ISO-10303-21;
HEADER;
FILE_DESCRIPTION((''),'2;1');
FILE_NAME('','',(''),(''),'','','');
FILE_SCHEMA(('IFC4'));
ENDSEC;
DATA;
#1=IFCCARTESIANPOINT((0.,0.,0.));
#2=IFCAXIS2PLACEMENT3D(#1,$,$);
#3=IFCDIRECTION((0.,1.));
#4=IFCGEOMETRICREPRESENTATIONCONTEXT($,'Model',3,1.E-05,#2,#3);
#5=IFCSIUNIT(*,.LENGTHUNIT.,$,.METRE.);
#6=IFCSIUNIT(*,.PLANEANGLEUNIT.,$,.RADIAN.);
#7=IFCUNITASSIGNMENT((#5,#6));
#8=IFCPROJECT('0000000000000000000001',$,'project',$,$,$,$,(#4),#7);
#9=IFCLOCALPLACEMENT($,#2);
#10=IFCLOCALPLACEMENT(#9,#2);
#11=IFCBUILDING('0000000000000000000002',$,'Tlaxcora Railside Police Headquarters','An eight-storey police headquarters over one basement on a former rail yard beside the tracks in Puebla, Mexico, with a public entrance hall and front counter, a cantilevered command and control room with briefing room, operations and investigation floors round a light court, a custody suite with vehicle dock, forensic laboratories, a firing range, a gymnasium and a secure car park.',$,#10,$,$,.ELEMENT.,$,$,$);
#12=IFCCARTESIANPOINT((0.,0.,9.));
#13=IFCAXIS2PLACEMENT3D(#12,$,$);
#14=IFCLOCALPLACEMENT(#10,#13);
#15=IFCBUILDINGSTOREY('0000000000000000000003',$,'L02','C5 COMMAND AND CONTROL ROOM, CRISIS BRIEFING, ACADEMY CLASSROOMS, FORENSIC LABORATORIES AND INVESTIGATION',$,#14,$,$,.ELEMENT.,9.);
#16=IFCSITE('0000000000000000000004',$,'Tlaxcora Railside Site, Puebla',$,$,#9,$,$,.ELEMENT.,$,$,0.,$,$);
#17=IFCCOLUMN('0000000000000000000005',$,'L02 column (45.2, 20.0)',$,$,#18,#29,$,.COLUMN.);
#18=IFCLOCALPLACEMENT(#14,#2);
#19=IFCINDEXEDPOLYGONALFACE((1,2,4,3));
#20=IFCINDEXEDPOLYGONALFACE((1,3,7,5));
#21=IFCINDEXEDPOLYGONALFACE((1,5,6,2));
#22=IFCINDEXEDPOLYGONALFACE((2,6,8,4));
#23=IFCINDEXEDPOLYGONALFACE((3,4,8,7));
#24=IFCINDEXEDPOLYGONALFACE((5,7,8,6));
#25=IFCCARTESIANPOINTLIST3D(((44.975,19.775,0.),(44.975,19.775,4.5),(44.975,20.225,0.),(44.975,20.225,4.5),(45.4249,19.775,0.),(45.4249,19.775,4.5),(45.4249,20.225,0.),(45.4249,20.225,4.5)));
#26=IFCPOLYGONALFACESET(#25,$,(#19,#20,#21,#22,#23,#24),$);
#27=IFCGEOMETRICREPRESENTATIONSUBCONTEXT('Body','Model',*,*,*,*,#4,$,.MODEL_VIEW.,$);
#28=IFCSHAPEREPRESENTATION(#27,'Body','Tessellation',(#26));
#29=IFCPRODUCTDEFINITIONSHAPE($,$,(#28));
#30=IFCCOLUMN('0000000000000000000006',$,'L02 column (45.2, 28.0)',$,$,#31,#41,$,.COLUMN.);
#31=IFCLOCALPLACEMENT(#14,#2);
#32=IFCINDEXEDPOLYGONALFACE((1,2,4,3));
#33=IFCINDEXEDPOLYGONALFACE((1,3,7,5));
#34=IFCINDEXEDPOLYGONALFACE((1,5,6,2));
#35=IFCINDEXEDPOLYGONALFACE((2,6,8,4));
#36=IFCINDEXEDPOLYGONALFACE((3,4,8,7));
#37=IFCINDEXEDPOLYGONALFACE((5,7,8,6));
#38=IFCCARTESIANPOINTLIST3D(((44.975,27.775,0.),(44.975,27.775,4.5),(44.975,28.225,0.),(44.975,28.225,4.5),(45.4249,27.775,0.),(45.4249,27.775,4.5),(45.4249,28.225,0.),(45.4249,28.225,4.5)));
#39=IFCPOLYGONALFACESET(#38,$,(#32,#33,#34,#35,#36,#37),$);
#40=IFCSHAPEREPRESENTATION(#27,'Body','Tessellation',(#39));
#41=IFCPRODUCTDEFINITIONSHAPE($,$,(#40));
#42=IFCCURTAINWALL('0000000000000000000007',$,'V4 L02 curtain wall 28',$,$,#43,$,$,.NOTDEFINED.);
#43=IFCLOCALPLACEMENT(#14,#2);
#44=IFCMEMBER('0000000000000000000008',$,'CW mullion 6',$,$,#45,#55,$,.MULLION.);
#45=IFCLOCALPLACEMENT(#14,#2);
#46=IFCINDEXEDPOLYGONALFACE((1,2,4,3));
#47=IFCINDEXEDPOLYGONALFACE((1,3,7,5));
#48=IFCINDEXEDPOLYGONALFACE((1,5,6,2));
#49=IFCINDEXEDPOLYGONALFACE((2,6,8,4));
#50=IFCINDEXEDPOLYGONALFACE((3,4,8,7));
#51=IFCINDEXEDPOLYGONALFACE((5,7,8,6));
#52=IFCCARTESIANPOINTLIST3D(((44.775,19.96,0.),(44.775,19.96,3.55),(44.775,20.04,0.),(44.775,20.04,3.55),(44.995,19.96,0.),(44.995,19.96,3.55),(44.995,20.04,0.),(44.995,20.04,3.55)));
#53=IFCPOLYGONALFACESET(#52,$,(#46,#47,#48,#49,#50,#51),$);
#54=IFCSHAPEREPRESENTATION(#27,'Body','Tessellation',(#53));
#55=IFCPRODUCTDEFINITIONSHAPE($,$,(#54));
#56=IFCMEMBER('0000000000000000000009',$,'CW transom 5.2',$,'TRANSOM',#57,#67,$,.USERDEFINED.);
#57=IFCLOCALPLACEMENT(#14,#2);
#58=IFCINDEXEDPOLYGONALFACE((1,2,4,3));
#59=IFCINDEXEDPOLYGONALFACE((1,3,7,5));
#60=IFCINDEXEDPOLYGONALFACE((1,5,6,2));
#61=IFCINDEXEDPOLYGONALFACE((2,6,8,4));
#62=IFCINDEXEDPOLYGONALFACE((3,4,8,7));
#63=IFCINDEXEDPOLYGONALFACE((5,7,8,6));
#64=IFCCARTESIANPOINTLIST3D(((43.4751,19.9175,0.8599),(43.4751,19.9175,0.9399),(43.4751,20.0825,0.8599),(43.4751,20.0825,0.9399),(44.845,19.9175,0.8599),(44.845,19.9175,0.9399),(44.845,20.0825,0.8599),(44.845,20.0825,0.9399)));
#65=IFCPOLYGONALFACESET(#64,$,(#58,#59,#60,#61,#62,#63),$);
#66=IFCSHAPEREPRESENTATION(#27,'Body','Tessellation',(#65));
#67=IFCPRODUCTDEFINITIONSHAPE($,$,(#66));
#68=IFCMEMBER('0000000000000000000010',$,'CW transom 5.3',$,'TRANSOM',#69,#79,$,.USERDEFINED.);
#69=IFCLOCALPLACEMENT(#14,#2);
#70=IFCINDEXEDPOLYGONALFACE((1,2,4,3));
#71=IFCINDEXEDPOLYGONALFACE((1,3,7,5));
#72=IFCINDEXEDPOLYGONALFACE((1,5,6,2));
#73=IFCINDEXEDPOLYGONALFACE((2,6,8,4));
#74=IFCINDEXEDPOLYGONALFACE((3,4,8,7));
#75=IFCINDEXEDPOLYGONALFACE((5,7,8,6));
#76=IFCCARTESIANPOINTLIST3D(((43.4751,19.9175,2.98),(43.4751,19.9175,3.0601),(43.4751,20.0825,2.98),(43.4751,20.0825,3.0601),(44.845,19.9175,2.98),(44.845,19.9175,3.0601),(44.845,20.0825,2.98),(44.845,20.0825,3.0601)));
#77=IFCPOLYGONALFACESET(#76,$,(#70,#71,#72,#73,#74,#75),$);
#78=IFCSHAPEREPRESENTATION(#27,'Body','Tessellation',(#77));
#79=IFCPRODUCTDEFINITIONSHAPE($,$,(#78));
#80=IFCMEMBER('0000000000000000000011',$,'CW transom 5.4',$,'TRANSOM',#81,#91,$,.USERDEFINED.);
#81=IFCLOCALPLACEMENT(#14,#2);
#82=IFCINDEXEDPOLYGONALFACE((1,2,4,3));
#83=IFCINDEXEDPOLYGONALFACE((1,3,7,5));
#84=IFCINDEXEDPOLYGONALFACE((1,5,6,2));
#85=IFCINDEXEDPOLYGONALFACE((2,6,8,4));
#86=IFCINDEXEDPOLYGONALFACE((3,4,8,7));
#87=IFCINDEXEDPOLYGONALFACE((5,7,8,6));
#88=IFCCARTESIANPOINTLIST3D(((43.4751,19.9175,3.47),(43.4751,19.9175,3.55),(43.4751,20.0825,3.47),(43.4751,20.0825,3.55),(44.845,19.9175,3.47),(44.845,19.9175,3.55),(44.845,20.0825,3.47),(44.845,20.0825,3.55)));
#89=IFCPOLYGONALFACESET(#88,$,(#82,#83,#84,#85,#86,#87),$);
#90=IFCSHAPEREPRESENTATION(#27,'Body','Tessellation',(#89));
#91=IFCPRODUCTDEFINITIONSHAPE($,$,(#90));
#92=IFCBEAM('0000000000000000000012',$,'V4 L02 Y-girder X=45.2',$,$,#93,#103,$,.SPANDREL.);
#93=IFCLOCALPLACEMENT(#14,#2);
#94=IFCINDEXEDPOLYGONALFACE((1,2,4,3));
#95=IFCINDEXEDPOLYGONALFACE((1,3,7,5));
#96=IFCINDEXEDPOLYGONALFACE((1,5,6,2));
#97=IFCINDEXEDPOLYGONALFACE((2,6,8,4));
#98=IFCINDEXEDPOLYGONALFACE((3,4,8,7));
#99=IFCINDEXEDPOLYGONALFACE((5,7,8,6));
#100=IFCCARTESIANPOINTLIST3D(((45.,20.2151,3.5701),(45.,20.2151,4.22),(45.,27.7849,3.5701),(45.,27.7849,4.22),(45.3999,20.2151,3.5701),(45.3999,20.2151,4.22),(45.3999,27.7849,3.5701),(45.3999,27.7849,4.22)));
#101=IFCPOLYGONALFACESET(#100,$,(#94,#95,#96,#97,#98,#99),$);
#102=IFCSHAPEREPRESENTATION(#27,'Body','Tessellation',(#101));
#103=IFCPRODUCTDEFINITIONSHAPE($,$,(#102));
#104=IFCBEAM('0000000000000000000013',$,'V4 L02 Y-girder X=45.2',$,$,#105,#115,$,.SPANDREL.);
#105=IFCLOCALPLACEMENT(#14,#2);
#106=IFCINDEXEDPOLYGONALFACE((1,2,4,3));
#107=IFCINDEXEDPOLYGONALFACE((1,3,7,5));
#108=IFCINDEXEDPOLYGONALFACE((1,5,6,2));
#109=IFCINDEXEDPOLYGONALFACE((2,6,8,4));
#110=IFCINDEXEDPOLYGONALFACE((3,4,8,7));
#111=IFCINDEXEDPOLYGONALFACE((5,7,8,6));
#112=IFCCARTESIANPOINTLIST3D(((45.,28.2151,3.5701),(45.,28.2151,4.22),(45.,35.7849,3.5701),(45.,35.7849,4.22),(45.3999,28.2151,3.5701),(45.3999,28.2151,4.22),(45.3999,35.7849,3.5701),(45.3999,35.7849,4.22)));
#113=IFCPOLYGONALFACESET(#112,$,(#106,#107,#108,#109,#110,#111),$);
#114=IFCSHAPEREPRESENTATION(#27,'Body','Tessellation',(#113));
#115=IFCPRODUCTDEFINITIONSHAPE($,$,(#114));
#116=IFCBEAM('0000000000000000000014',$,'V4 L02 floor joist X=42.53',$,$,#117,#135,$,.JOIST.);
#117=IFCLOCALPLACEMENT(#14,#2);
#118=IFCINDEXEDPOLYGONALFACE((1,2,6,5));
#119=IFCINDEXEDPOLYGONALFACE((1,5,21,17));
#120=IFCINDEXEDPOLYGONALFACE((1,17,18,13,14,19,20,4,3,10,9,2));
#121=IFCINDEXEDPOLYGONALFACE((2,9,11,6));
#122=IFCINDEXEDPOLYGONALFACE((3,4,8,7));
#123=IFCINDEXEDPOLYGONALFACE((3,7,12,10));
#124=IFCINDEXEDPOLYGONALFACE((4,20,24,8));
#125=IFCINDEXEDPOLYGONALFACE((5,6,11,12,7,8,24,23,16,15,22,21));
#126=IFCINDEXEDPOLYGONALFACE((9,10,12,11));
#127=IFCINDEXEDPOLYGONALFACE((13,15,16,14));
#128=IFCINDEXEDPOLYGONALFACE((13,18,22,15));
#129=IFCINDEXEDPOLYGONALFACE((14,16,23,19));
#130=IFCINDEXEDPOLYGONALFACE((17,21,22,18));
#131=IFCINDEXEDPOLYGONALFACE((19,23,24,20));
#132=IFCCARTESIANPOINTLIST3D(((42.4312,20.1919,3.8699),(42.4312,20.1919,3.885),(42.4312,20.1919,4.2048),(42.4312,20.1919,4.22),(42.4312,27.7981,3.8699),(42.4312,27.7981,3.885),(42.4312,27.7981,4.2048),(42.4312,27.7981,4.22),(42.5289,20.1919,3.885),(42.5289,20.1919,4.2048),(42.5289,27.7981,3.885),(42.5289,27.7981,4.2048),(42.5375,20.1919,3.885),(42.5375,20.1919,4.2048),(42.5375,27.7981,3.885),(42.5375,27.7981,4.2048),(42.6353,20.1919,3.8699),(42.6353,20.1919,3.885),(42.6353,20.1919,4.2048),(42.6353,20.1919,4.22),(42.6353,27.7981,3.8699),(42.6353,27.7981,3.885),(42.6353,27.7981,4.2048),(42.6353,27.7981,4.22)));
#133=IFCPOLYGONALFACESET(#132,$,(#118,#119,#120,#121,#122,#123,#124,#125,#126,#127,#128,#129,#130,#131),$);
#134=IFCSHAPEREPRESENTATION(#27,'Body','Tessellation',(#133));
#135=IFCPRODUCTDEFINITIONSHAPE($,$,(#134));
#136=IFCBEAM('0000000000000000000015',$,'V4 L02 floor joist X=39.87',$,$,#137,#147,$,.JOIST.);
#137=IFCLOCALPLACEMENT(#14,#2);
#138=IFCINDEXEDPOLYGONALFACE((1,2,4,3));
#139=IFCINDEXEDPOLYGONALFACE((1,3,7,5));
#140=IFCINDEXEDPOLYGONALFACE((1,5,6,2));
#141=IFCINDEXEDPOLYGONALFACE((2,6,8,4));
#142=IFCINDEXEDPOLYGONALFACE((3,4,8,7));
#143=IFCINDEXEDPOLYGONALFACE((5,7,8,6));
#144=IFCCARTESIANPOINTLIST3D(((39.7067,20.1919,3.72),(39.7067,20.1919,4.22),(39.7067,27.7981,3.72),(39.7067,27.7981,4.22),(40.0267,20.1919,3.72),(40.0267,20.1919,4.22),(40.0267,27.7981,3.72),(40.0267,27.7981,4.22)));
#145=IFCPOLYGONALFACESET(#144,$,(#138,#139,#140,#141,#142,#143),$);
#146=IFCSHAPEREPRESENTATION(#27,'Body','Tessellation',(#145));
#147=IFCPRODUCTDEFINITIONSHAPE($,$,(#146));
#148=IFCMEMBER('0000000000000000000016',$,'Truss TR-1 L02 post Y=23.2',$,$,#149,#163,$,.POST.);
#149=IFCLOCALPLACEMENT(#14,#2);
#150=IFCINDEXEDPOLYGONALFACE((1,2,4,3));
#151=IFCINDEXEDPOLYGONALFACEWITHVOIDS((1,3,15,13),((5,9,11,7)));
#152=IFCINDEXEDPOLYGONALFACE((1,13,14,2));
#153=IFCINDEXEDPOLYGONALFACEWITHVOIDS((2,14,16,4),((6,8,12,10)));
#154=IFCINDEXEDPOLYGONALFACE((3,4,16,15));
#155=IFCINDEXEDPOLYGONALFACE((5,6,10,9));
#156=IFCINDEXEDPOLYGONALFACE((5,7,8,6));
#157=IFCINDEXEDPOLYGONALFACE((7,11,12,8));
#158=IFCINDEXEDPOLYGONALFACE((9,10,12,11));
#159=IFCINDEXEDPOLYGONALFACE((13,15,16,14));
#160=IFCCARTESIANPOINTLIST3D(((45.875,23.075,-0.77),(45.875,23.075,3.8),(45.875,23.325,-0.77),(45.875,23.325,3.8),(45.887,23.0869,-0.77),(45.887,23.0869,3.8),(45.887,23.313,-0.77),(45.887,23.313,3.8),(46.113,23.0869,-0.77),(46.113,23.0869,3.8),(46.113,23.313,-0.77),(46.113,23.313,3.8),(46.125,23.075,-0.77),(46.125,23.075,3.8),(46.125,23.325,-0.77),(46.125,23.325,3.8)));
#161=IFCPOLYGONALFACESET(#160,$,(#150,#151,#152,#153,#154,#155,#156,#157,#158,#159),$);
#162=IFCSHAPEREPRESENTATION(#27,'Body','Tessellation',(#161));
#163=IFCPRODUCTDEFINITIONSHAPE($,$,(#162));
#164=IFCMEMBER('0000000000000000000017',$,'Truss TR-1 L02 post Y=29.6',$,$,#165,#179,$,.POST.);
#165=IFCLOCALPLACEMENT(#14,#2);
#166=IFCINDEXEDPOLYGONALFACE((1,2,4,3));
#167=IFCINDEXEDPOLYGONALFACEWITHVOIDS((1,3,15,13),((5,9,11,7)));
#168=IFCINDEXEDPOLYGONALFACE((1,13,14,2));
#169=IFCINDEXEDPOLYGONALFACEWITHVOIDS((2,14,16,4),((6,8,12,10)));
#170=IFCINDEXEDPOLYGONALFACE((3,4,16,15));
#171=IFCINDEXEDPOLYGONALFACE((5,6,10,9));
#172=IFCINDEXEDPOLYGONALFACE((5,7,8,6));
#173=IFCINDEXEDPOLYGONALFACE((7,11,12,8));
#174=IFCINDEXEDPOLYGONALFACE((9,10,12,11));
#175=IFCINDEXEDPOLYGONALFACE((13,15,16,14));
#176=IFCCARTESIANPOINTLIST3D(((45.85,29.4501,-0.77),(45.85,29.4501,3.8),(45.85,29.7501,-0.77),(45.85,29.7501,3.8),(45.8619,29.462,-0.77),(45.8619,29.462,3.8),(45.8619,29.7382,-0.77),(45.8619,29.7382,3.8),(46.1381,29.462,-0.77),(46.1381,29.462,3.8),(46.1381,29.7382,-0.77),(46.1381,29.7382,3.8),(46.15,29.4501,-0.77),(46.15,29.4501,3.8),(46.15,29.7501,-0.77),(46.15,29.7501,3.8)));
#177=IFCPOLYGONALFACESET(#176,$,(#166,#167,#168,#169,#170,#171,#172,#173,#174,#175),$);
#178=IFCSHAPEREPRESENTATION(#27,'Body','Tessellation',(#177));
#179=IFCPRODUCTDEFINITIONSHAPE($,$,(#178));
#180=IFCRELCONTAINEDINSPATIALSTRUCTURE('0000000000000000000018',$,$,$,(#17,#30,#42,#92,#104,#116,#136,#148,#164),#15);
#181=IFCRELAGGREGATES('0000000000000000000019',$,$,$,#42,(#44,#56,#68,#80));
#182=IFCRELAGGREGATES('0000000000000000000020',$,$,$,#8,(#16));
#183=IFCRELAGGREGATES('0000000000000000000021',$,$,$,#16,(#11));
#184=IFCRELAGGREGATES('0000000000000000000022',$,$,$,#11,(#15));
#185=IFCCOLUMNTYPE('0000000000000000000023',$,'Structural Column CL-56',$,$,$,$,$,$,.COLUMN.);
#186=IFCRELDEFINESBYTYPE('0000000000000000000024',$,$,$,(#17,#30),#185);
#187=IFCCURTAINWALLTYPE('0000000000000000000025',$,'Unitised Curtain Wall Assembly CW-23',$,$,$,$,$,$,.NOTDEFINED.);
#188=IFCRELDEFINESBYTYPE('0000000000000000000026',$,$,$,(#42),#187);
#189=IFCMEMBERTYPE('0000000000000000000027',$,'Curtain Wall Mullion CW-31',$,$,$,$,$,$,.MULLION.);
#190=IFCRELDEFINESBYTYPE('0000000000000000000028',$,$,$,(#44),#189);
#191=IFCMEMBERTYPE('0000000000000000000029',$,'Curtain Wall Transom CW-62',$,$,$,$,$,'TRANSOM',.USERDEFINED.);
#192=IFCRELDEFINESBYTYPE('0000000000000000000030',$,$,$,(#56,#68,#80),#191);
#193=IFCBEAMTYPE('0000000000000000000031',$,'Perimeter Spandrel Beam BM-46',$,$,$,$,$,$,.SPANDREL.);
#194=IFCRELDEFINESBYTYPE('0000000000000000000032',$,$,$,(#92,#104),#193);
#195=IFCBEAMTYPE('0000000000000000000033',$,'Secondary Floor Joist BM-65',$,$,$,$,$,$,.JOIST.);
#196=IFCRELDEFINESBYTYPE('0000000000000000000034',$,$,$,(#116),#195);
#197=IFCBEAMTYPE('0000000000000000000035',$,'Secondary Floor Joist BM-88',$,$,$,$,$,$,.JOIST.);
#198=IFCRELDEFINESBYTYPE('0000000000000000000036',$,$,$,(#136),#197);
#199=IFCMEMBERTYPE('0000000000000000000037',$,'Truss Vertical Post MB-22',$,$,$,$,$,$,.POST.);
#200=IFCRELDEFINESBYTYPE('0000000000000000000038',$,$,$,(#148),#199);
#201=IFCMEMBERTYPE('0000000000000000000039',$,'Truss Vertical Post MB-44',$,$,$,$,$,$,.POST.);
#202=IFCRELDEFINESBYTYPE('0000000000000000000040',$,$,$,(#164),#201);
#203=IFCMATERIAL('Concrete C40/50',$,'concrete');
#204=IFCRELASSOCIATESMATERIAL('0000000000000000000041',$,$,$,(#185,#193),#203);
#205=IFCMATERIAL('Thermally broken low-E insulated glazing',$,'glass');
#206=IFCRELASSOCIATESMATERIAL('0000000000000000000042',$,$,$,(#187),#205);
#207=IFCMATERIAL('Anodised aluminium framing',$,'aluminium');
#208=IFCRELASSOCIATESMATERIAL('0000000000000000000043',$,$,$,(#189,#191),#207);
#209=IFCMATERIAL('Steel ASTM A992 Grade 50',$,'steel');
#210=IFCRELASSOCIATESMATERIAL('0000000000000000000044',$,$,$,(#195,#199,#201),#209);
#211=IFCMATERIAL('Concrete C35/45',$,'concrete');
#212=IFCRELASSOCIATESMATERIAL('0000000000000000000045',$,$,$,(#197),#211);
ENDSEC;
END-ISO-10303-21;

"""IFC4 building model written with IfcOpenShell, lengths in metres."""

from ifc_helpers import new_model, si_unit, direction, frame, origin, origin_2d, place, context, subcontext, project, spatial, rectangle, hollow_rectangle, i_section, extrude, material, material_profile, profile_set, type_object, element, aggregate, save


model = new_model("IFC4")

# Units and contexts
model_context = context("Model", 3, precision=1e-05, world=origin(), true_north=direction((0.0, 1.0)))
body_context = subcontext(model_context, "Body", "Model", "MODEL_VIEW")
ifc_project = project(units=[si_unit("LENGTHUNIT", "METRE"), si_unit("PLANEANGLEUNIT", "RADIAN")], contexts=[model_context])

# Site, building, storey
site_placement = place(None, origin())
site = spatial("IfcSite", under=ifc_project, at=site_placement, Name="Tlaxcora Railside Site, Puebla", CompositionType="ELEMENT", RefElevation=0.0)
building_placement = place(site_placement, origin())
building = spatial("IfcBuilding", under=site, at=building_placement, Name="Tlaxcora Railside Police Headquarters", Description="An eight-storey police headquarters over one basement on a former rail yard beside the tracks in Puebla, Mexico, with a public entrance hall and front counter, a cantilevered command and control room with briefing room, operations and investigation floors round a light court, a custody suite with vehicle dock, forensic laboratories, a firing range, a gymnasium and a secure car park.", CompositionType="ELEMENT")
storey_placement = place(building_placement, frame((0.0, 0.0, 9.0)))
storey = spatial("IfcBuildingStorey", under=building, at=storey_placement, Name="L02", Description="C5 COMMAND AND CONTROL ROOM, CRISIS BRIEFING, ACADEMY CLASSROOMS, FORENSIC LABORATORIES AND INVESTIGATION", CompositionType="ELEMENT", Elevation=9.0)

# Columns
ifc_material_1 = material(Name="Concrete C40/50", Category="concrete")
ifc_material_profile_1 = material_profile(ifc_material_1, rectangle(XDim=0.45, YDim=0.45, at=origin_2d()), Name="RC450X450")
ifc_profile_set_1 = profile_set([ifc_material_profile_1], Name="Concrete C40/50")
column_type = type_object("IfcColumnType", Name="Structural Column CL-56", PredefinedType="COLUMN", material=ifc_profile_set_1)
for number, where, z_axis, x_axis, name in (
    (1, (45.2, 20.0, 0.0), (0.0, 0.0, 1.0), (1.0, 0.0, 0.0), "L02 column (45.2, 20.0)"),
    (2, (45.2, 28.0, 0.0), (0.0, 0.0, 1.0), (1.0, 0.0, 0.0), "L02 column (45.2, 28.0)"),
):
    element("IfcColumn", number, at=place(storey_placement, frame(where, z_axis=z_axis, x_axis=x_axis)), inside=storey, type_object=column_type, Name=name, PredefinedType="COLUMN", context=body_context, shape_type="SweptSolid", body=[
        extrude(rectangle(XDim=0.45, YDim=0.45, at=origin_2d()), origin(), (0.0, 0.0, 1.0), 4.5),
    ])

# Curtain wall, members
ifc_material_2 = material(Name="Thermally broken low-E insulated glazing", Category="glass")
curtain_wall_type = type_object("IfcCurtainWallType", Name="Unitised Curtain Wall Assembly CW-23", PredefinedType="NOTDEFINED", material=ifc_material_2)
curtain_wall_placement = place(storey_placement, origin())
curtain_wall = element("IfcCurtainWall", 3, at=curtain_wall_placement, inside=storey, type_object=curtain_wall_type, Name="V4 L02 curtain wall 28", PredefinedType="NOTDEFINED")
ifc_material_3 = material(Name="Anodised aluminium framing", Category="aluminium")
ifc_material_profile_2 = material_profile(ifc_material_3, rectangle(XDim=0.0801, YDim=0.22, at=origin_2d()), Name="AL80X220")
ifc_profile_set_2 = profile_set([ifc_material_profile_2], Name="Anodised aluminium framing")
member_type_1 = type_object("IfcMemberType", Name="Curtain Wall Mullion CW-31", PredefinedType="MULLION", material=ifc_profile_set_2)
member_1_placement = place(storey_placement, frame((44.885, 20.0, 0.0), z_axis=(0.0, 0.0, 1.0), x_axis=(0.0, 1.0, 0.0)))
member_1 = element("IfcMember", 4, at=member_1_placement, type_object=member_type_1, Name="CW mullion 6", PredefinedType="MULLION", context=body_context, shape_type="SweptSolid", body=[
    extrude(rectangle(XDim=0.0801, YDim=0.22, at=origin_2d()), origin(), (0.0, 0.0, 1.0), 3.55),
])
ifc_material_profile_3 = material_profile(ifc_material_3, rectangle(XDim=0.165, YDim=0.0801, at=origin_2d()), Name="AL80X165")
ifc_profile_set_3 = profile_set([ifc_material_profile_3], Name="Anodised aluminium framing")
member_type_2 = type_object("IfcMemberType", Name="Curtain Wall Transom CW-62", ElementType="TRANSOM", PredefinedType="USERDEFINED", material=ifc_profile_set_3)
member_2_placement = place(storey_placement, frame((43.4751, 20.0, 0.8999), z_axis=(1.0, 0.0, 0.0), x_axis=(0.0, 1.0, 0.0)))
member_2 = element("IfcMember", 5, at=member_2_placement, type_object=member_type_2, Name="CW transom 5.2", ObjectType="TRANSOM", PredefinedType="USERDEFINED", context=body_context, shape_type="SweptSolid", body=[
    extrude(rectangle(XDim=0.165, YDim=0.0801, at=origin_2d()), origin(), (0.0, 0.0, 1.0), 1.3699),
])
member_3_placement = place(storey_placement, frame((43.4751, 20.0, 3.02), z_axis=(1.0, 0.0, 0.0), x_axis=(0.0, 1.0, 0.0)))
member_3 = element("IfcMember", 6, at=member_3_placement, type_object=member_type_2, Name="CW transom 5.3", ObjectType="TRANSOM", PredefinedType="USERDEFINED", context=body_context, shape_type="SweptSolid", body=[
    extrude(rectangle(XDim=0.165, YDim=0.0801, at=origin_2d()), origin(), (0.0, 0.0, 1.0), 1.3699),
])
member_4_placement = place(storey_placement, frame((43.4751, 20.0, 3.51), z_axis=(1.0, 0.0, 0.0), x_axis=(0.0, 1.0, 0.0)))
member_4 = element("IfcMember", 7, at=member_4_placement, type_object=member_type_2, Name="CW transom 5.4", ObjectType="TRANSOM", PredefinedType="USERDEFINED", context=body_context, shape_type="SweptSolid", body=[
    extrude(rectangle(XDim=0.165, YDim=0.0801, at=origin_2d()), origin(), (0.0, 0.0, 1.0), 1.3699),
])

# Beams
ifc_material_profile_4 = material_profile(ifc_material_1, rectangle(XDim=0.3999, YDim=0.6499, at=origin_2d()), Name="RC400X650")
ifc_profile_set_4 = profile_set([ifc_material_profile_4], Name="Concrete C40/50")
beam_type_1 = type_object("IfcBeamType", Name="Perimeter Spandrel Beam BM-46", PredefinedType="SPANDREL", material=ifc_profile_set_4)
for number, where, z_axis, x_axis, name in (
    (8, (45.2, 20.2151, 3.895), (0.0, 1.0, 0.0), (-1.0, 0.0, 0.0), "V4 L02 Y-girder X=45.2"),
    (9, (45.2, 28.2151, 3.895), (0.0, 1.0, 0.0), (-1.0, 0.0, 0.0), "V4 L02 Y-girder X=45.2"),
):
    element("IfcBeam", number, at=place(storey_placement, frame(where, z_axis=z_axis, x_axis=x_axis)), inside=storey, type_object=beam_type_1, Name=name, PredefinedType="SPANDREL", context=body_context, shape_type="SweptSolid", body=[
        extrude(rectangle(XDim=0.3999, YDim=0.6499, at=origin_2d()), origin(), (0.0, 0.0, 1.0), 7.5698),
    ])
ifc_material_4 = material(Name="Steel ASTM A992 Grade 50", Category="steel")
ifc_material_profile_5 = material_profile(ifc_material_4, i_section(OverallWidth=0.2041, OverallDepth=0.3501, WebThickness=0.0085, FlangeThickness=0.0151, at=origin_2d()), Name="W14X48")
ifc_profile_set_5 = profile_set([ifc_material_profile_5], Name="Steel ASTM A992 Grade 50")
beam_type_2 = type_object("IfcBeamType", Name="Secondary Floor Joist BM-65", PredefinedType="JOIST", material=ifc_profile_set_5)
beam_1_placement = place(storey_placement, frame((42.5332, 20.1919, 4.0449), z_axis=(0.0, 1.0, 0.0), x_axis=(-1.0, 0.0, 0.0)))
element("IfcBeam", 10, at=beam_1_placement, inside=storey, type_object=beam_type_2, Name="V4 L02 floor joist X=42.53", PredefinedType="JOIST", context=body_context, shape_type="SweptSolid", body=[
    extrude(i_section(OverallWidth=0.2041, OverallDepth=0.3501, WebThickness=0.0085, FlangeThickness=0.0151, at=origin_2d()), origin(), (0.0, 0.0, 1.0), 7.6062),
])
ifc_material_5 = material(Name="Concrete C35/45", Category="concrete")
ifc_material_profile_6 = material_profile(ifc_material_5, rectangle(XDim=0.3201, YDim=0.5, at=origin_2d()), Name="RC320X500")
ifc_profile_set_6 = profile_set([ifc_material_profile_6], Name="Concrete C35/45")
beam_type_3 = type_object("IfcBeamType", Name="Secondary Floor Joist BM-88", PredefinedType="JOIST", material=ifc_profile_set_6)
beam_2_placement = place(storey_placement, frame((39.8667, 20.1919, 3.97), z_axis=(0.0, 1.0, 0.0), x_axis=(-1.0, 0.0, 0.0)))
element("IfcBeam", 11, at=beam_2_placement, inside=storey, type_object=beam_type_3, Name="V4 L02 floor joist X=39.87", PredefinedType="JOIST", context=body_context, shape_type="SweptSolid", body=[
    extrude(rectangle(XDim=0.3201, YDim=0.5, at=origin_2d()), origin(), (0.0, 0.0, 1.0), 7.6062),
])

# Members
ifc_material_profile_7 = material_profile(ifc_material_4, hollow_rectangle(XDim=0.25, YDim=0.25, WallThickness=0.012, at=origin_2d()), Name="HSS250X250X12")
ifc_profile_set_7 = profile_set([ifc_material_profile_7], Name="Steel ASTM A992 Grade 50")
member_type_3 = type_object("IfcMemberType", Name="Truss Vertical Post MB-22", PredefinedType="POST", material=ifc_profile_set_7)
member_5_placement = place(storey_placement, frame((46.0, 23.2, -0.77), z_axis=(0.0, 0.0, 1.0), x_axis=(1.0, 0.0, 0.0)))
element("IfcMember", 12, at=member_5_placement, inside=storey, type_object=member_type_3, Name="Truss TR-1 L02 post Y=23.2", PredefinedType="POST", context=body_context, shape_type="SweptSolid", body=[
    extrude(hollow_rectangle(XDim=0.25, YDim=0.25, WallThickness=0.012, at=origin_2d()), origin(), (0.0, 0.0, 1.0), 4.5701),
])
ifc_material_profile_8 = material_profile(ifc_material_4, hollow_rectangle(XDim=0.3, YDim=0.3, WallThickness=0.012, at=origin_2d()), Name="HSS300X300X12")
ifc_profile_set_8 = profile_set([ifc_material_profile_8], Name="Steel ASTM A992 Grade 50")
member_type_4 = type_object("IfcMemberType", Name="Truss Vertical Post MB-44", PredefinedType="POST", material=ifc_profile_set_8)
member_6_placement = place(storey_placement, frame((46.0, 29.6001, -0.77), z_axis=(0.0, 0.0, 1.0), x_axis=(1.0, 0.0, 0.0)))
element("IfcMember", 13, at=member_6_placement, inside=storey, type_object=member_type_4, Name="Truss TR-1 L02 post Y=29.6", PredefinedType="POST", context=body_context, shape_type="SweptSolid", body=[
    extrude(hollow_rectangle(XDim=0.3, YDim=0.3, WallThickness=0.012, at=origin_2d()), origin(), (0.0, 0.0, 1.0), 4.5701),
])

aggregate(curtain_wall, [member_1, member_2, member_3, member_4])

save(model, "model.ifc")
